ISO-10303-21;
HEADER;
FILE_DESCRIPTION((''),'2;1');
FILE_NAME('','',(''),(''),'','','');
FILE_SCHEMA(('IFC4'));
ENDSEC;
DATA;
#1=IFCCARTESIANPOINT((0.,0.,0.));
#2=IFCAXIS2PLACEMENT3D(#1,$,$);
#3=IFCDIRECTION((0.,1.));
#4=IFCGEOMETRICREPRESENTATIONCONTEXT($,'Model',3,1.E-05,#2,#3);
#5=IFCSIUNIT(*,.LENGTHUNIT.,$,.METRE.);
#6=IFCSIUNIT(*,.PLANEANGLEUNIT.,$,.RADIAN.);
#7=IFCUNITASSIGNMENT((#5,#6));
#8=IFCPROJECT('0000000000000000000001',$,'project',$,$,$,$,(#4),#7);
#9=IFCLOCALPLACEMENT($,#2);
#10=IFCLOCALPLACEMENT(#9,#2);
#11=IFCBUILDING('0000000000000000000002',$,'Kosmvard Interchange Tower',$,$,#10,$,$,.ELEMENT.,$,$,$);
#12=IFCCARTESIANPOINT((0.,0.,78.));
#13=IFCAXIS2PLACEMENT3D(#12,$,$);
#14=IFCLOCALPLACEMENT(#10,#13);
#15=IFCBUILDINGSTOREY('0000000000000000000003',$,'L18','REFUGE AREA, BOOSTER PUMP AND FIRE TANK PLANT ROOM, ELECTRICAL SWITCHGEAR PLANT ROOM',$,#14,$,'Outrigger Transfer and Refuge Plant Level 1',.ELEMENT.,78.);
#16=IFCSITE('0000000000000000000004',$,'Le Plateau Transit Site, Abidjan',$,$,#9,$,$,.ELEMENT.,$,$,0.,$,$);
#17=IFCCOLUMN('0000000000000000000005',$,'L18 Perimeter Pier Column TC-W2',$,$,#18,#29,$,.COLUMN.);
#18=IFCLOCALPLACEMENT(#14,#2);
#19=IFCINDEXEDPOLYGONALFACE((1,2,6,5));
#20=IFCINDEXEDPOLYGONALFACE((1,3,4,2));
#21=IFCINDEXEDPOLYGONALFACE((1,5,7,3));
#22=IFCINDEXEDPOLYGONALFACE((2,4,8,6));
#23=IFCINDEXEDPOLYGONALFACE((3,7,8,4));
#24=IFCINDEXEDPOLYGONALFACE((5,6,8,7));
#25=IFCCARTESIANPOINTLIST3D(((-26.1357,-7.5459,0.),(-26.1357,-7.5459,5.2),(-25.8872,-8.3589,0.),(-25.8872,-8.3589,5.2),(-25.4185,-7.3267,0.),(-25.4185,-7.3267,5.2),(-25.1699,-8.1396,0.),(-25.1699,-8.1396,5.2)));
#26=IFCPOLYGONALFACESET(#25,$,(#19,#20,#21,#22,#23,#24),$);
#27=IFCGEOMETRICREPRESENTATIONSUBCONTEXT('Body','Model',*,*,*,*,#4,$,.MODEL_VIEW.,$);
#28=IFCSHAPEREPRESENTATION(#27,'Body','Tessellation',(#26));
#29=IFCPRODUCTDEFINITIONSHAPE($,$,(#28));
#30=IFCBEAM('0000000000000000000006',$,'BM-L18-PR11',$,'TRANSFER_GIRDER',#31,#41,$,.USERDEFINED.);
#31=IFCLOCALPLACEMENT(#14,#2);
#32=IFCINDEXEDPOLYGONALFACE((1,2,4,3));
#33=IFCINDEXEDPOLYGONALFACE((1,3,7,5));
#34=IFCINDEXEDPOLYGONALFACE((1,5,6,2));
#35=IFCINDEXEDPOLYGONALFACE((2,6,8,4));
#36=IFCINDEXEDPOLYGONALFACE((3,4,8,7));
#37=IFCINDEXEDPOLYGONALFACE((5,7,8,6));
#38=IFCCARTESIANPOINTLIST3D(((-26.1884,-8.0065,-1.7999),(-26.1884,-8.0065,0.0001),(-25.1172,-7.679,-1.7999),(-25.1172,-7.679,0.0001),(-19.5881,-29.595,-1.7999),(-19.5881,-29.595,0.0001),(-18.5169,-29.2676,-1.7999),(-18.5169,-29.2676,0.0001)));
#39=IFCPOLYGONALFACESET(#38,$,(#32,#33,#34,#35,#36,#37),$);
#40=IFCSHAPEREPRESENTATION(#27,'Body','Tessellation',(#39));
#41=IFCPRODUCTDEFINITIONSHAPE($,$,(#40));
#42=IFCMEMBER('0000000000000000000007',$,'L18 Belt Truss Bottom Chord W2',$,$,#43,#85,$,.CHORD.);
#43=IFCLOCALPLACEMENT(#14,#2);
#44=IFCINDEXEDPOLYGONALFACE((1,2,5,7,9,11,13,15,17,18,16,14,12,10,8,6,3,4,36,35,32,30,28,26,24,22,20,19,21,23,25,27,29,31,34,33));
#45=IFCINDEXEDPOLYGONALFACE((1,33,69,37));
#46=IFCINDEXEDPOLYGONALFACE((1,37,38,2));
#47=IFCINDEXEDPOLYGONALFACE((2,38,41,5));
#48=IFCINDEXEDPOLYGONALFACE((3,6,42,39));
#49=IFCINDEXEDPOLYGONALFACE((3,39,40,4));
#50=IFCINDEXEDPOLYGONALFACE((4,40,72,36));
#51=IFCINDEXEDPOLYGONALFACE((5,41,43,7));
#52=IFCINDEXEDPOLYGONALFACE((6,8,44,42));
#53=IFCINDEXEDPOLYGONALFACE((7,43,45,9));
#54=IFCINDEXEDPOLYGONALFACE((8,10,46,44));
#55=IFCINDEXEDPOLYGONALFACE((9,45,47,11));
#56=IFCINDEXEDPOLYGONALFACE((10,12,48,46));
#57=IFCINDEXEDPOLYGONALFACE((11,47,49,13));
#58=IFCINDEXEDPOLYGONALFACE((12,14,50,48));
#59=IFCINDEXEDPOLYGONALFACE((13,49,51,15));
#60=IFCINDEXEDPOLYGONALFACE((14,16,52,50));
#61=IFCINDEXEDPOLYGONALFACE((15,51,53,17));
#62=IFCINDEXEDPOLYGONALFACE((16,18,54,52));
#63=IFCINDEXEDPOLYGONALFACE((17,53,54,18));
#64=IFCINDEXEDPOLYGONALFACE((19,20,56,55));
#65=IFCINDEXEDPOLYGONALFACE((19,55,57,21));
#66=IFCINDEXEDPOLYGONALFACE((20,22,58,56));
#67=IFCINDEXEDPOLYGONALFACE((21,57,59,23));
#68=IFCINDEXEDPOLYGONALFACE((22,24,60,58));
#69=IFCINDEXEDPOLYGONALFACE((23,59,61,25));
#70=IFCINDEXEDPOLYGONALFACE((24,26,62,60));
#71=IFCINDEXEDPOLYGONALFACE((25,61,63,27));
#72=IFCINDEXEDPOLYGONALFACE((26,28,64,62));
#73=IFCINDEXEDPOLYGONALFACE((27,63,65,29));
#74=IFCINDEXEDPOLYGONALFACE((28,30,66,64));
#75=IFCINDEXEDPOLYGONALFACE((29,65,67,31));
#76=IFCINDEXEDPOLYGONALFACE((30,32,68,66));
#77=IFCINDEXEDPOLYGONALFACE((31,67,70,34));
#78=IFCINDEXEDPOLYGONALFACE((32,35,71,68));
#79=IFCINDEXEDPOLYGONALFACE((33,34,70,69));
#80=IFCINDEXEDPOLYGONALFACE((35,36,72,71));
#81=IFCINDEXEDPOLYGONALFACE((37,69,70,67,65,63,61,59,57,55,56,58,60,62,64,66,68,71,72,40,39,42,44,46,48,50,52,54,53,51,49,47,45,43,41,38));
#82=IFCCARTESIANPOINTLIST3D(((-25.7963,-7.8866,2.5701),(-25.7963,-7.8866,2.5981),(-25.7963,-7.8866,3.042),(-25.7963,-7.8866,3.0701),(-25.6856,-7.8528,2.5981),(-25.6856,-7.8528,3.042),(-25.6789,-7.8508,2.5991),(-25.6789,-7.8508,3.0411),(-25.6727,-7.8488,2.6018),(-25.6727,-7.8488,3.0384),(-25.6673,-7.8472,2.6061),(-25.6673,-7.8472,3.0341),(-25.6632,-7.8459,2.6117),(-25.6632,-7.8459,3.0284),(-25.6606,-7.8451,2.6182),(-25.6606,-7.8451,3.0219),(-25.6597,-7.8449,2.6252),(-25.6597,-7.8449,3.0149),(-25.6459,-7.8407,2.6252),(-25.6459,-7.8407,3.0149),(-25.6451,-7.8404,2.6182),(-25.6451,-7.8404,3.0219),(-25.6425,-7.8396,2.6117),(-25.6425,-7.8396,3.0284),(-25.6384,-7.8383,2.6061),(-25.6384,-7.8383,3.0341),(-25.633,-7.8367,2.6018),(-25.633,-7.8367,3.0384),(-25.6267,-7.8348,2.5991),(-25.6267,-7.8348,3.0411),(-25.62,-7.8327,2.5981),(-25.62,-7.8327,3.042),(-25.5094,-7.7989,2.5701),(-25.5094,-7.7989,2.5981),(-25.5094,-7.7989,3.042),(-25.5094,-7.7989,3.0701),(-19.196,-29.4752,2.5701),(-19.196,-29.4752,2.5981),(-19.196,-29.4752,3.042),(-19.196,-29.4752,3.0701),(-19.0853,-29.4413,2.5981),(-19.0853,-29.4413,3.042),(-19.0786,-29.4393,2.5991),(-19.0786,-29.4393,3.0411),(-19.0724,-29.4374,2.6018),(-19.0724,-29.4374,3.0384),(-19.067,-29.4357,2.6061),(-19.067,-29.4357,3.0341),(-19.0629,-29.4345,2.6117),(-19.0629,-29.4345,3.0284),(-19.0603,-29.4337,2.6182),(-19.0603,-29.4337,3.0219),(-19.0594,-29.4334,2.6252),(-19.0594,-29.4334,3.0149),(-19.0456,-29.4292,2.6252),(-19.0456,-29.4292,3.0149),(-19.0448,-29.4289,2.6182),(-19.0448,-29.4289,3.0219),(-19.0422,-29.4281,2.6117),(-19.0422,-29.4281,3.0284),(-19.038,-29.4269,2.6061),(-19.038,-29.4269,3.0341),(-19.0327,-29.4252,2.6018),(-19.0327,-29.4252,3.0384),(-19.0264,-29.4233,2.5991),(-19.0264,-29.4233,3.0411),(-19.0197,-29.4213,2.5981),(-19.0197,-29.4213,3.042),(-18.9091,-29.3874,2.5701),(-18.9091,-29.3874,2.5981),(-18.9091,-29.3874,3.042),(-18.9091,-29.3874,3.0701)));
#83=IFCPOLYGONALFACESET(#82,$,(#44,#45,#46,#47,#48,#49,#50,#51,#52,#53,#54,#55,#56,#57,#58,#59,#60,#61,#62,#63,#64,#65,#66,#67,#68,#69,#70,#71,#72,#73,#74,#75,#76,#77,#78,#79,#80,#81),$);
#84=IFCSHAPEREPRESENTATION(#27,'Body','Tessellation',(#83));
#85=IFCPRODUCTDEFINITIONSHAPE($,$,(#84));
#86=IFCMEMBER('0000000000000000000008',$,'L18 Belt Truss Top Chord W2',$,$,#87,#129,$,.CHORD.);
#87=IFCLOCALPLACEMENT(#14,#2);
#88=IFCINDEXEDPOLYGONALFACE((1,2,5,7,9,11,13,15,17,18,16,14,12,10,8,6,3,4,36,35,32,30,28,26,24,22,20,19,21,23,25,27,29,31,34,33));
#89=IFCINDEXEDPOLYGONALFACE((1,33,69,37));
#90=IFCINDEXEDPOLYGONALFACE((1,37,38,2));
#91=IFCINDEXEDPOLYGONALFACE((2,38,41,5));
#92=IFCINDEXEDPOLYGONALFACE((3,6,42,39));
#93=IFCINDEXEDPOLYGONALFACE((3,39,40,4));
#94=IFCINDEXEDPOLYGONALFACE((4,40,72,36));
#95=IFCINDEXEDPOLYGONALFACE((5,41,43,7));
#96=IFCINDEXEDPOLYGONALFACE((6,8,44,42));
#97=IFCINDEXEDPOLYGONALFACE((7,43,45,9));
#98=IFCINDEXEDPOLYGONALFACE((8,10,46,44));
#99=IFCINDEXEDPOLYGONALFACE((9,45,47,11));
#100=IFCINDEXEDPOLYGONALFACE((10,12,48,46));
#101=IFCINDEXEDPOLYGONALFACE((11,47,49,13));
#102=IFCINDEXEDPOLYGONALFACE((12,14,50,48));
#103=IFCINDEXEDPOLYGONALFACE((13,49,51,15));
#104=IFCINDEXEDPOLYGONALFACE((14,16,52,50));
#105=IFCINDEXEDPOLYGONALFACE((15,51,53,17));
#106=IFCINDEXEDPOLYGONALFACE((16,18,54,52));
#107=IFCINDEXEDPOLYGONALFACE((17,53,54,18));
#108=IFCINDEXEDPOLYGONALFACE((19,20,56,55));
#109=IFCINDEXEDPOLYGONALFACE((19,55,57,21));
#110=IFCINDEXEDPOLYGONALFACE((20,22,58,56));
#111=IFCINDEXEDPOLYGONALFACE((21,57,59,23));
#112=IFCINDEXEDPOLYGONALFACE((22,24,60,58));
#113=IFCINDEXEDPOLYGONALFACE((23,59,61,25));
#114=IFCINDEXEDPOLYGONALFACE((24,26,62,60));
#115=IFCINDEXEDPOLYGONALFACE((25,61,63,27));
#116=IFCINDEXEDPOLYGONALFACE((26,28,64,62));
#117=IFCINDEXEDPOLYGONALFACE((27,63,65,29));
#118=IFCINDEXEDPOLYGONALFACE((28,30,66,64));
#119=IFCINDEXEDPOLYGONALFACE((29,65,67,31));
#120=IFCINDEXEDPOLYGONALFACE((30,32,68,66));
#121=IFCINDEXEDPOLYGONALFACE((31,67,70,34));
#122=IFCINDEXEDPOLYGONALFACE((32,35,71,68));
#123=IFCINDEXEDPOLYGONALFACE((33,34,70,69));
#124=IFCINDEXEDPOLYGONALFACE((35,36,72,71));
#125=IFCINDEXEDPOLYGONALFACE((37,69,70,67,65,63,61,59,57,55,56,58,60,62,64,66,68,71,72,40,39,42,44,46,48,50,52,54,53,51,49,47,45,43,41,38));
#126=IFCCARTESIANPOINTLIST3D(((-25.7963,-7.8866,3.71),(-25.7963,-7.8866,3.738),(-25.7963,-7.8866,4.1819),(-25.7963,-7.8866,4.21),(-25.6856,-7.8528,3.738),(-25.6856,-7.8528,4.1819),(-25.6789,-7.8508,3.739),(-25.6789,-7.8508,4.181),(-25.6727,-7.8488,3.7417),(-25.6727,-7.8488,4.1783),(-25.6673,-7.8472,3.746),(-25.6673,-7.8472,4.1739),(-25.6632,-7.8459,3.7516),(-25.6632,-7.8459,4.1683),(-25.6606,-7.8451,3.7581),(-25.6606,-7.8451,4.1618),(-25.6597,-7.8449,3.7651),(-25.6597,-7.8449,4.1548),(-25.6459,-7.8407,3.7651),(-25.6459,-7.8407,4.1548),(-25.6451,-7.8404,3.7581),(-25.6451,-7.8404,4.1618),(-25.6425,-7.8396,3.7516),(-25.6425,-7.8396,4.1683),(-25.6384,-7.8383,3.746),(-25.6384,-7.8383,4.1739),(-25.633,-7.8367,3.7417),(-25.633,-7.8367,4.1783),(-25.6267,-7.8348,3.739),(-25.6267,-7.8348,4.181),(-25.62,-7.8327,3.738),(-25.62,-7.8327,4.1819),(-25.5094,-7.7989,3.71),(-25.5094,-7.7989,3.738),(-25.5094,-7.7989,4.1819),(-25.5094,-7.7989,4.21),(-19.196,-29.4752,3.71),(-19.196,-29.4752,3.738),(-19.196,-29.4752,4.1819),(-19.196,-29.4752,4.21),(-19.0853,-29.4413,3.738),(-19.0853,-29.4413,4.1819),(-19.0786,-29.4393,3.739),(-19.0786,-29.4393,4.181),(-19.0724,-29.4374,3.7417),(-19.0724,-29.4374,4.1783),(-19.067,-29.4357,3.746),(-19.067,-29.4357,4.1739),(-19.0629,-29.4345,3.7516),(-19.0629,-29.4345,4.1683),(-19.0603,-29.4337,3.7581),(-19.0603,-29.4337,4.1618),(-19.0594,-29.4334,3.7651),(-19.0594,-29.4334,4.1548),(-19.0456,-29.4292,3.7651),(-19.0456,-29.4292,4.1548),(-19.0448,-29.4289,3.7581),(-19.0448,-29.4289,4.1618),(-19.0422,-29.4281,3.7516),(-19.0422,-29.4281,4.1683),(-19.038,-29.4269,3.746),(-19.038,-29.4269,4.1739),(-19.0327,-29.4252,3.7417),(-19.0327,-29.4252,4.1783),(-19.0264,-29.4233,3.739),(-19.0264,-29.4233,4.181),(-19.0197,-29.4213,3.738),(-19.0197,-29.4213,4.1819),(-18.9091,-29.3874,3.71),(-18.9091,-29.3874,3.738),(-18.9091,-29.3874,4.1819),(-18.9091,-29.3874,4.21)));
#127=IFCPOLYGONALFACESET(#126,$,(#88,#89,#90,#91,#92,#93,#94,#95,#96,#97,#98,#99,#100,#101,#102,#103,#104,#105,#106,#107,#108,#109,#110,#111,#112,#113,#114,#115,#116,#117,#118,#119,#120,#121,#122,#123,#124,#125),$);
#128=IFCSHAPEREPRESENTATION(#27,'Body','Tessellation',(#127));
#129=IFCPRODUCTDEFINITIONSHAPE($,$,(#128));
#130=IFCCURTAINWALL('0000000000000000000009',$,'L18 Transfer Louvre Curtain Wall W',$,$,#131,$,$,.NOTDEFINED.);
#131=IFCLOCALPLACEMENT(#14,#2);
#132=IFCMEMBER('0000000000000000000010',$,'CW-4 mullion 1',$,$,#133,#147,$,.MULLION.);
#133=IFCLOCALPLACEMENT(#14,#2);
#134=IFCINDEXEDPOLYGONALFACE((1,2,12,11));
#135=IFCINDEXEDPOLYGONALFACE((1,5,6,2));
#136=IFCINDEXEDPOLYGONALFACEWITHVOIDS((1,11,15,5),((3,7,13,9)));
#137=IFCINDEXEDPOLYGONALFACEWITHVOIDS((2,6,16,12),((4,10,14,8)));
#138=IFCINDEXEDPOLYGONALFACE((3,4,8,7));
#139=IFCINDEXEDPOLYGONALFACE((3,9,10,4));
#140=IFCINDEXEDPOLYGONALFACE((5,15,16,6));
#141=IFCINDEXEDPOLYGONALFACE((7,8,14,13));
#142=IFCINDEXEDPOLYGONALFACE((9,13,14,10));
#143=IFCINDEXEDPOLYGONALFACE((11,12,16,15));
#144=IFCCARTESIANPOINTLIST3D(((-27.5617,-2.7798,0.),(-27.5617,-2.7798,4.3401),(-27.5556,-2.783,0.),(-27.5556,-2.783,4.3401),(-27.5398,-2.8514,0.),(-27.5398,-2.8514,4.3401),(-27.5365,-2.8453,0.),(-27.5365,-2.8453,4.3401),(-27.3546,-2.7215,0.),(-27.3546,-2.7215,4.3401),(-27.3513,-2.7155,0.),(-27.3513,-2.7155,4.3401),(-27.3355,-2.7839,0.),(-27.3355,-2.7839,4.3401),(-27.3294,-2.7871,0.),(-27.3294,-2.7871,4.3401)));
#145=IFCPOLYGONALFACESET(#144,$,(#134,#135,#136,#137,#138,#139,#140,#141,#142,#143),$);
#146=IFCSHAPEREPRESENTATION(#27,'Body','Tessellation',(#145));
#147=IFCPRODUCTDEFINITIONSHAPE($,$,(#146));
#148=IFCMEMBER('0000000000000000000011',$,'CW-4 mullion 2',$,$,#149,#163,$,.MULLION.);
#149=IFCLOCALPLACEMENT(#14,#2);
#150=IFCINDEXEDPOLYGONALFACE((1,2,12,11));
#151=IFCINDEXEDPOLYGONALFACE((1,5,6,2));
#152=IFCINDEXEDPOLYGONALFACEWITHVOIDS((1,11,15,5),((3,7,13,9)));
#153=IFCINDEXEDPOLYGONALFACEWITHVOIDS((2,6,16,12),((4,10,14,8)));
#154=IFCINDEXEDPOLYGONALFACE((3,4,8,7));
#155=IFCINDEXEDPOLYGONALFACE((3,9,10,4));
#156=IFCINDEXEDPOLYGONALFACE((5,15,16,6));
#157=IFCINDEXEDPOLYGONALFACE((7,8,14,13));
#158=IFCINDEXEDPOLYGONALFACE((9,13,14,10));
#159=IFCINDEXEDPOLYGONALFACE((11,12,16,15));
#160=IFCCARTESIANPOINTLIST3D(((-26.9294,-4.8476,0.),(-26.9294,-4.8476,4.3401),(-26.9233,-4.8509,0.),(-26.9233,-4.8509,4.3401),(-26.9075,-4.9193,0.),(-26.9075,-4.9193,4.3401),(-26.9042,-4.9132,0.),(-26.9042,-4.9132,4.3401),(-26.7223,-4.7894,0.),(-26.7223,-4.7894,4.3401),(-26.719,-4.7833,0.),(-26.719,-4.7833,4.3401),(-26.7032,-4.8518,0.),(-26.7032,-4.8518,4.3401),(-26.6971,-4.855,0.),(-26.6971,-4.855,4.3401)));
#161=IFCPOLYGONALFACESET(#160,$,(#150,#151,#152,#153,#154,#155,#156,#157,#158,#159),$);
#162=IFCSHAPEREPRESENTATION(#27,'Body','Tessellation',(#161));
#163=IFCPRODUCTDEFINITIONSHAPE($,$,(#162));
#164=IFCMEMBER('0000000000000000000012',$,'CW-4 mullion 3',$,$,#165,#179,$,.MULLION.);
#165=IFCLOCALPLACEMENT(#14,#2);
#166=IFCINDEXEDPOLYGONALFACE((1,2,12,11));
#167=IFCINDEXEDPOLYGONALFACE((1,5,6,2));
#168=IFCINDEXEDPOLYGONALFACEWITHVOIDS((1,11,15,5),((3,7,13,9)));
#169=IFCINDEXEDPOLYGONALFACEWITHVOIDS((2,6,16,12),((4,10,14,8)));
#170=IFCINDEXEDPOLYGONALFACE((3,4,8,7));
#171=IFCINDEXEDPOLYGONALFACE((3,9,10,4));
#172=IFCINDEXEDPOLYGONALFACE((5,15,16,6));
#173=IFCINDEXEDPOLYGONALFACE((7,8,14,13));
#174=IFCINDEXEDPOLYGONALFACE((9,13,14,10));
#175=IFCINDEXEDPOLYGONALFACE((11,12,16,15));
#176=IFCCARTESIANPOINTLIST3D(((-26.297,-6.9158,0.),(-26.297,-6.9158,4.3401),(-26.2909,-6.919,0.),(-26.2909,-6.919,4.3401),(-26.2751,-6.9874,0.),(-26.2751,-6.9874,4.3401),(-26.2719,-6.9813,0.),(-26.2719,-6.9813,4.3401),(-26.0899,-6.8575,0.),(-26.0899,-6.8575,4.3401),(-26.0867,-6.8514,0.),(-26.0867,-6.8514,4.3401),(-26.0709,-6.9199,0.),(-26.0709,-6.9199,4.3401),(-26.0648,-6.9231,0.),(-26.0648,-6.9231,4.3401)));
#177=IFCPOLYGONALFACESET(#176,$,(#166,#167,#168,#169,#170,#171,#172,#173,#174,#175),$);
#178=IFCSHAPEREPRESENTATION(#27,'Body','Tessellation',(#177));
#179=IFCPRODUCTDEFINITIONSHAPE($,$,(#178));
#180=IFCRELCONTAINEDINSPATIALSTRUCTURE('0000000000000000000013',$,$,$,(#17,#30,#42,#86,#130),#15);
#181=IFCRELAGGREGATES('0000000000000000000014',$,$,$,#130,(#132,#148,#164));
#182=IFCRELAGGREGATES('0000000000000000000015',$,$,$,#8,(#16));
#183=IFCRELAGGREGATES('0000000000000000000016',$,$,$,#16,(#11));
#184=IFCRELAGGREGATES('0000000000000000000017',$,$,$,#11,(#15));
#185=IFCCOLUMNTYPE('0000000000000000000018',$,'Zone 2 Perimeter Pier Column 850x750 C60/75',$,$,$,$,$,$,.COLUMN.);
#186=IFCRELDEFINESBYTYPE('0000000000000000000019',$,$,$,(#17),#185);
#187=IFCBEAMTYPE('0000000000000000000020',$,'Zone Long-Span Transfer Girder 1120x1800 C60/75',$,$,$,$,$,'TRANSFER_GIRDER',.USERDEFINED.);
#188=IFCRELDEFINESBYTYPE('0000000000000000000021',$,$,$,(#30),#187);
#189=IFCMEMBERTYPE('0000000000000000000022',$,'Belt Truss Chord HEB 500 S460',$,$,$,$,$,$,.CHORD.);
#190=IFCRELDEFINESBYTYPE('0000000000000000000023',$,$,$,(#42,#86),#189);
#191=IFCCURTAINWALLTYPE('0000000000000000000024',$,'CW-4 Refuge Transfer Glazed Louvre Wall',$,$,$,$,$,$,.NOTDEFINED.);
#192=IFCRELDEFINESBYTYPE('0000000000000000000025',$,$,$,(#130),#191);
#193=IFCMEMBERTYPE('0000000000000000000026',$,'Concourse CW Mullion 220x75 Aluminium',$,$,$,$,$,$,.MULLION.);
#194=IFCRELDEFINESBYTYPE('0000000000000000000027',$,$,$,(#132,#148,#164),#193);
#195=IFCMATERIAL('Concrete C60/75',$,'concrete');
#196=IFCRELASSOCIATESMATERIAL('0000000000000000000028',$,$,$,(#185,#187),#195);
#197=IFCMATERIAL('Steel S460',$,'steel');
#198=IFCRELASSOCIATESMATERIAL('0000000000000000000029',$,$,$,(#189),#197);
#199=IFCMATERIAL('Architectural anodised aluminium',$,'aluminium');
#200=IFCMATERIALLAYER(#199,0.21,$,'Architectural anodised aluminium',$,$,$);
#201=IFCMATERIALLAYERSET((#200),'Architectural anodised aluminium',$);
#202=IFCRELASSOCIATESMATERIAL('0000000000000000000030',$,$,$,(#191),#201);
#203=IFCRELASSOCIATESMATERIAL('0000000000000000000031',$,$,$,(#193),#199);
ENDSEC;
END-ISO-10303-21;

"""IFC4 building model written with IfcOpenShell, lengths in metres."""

from ifc_helpers import new_model, si_unit, direction, frame, origin, origin_2d, place, context, subcontext, project, spatial, rectangle, hollow_rectangle, i_section, extrude, source, transform, mapped, material, layer, layer_set, material_profile, profile_set, type_object, element, aggregate, save


model = new_model("IFC4")

# Units and contexts
model_context = context("Model", 3, precision=1e-05, world=origin(), true_north=direction((0.0, 1.0)))
body_context = subcontext(model_context, "Body", "Model", "MODEL_VIEW")
ifc_project = project(units=[si_unit("LENGTHUNIT", "METRE"), si_unit("PLANEANGLEUNIT", "RADIAN")], contexts=[model_context])

# Site, building, storey
site_placement = place(None, origin())
site = spatial("IfcSite", under=ifc_project, at=site_placement, Name="Le Plateau Transit Site, Abidjan", CompositionType="ELEMENT", RefElevation=0.0)
building_placement = place(site_placement, origin())
building = spatial("IfcBuilding", under=site, at=building_placement, Name="Kosmvard Interchange Tower", CompositionType="ELEMENT")
storey_placement = place(building_placement, frame((0.0, 0.0, 78.0)))
storey = spatial("IfcBuildingStorey", under=building, at=storey_placement, Name="L18", Description="REFUGE AREA, BOOSTER PUMP AND FIRE TANK PLANT ROOM, ELECTRICAL SWITCHGEAR PLANT ROOM", LongName="Outrigger Transfer and Refuge Plant Level 1", CompositionType="ELEMENT", Elevation=78.0)

# Column
ifc_material_1 = material(Name="Concrete C60/75", Category="concrete")
ifc_material_profile_1 = material_profile(ifc_material_1, rectangle(XDim=0.75, YDim=0.8501, at=origin_2d()), Name="TC 850x750")
ifc_profile_set_1 = profile_set([ifc_material_profile_1], Name="Concrete C60/75")
column_type = type_object("IfcColumnType", Name="Zone 2 Perimeter Pier Column 850x750 C60/75", PredefinedType="COLUMN", material=ifc_profile_set_1)
shared_shape_1 = source(origin(), body_context, "Body", "SweptSolid", [
    extrude(rectangle(XDim=0.75, YDim=0.8501, at=origin_2d()), origin(), (0.0, 0.0, 1.0), 5.2),
])
column_placement = place(storey_placement, frame((-25.6528, -7.8428, 0.0), z_axis=(0.0, 0.0, 1.0), x_axis=(0.956305, 0.292372, 0.0)))
element("IfcColumn", 1, at=column_placement, inside=storey, type_object=column_type, Name="L18 Perimeter Pier Column TC-W2", PredefinedType="COLUMN", context=body_context, shape_type="MappedRepresentation", body=[
    mapped(shared_shape_1, transform((0.0, 0.0, 0.0), scale=1.0)),
])

# Beam
ifc_material_profile_2 = material_profile(ifc_material_1, rectangle(XDim=1.1201, YDim=1.8, at=origin_2d()), Name="TG 1120x1800")
ifc_profile_set_2 = profile_set([ifc_material_profile_2], Name="Concrete C60/75")
beam_type = type_object("IfcBeamType", Name="Zone Long-Span Transfer Girder 1120x1800 C60/75", ElementType="TRANSFER_GIRDER", PredefinedType="USERDEFINED", material=ifc_profile_set_2)
shared_shape_2 = source(origin(), body_context, "Body", "SweptSolid", [
    extrude(rectangle(XDim=1.1201, YDim=1.8, at=origin_2d()), origin(), (0.0, 0.0, 1.0), 22.575),
])
beam_placement = place(storey_placement, frame((-25.6528, -7.8428, -0.8999), z_axis=(0.292373, -0.956304, 0.0), x_axis=(0.956304, 0.292373, 0.0)))
element("IfcBeam", 2, at=beam_placement, inside=storey, type_object=beam_type, Name="BM-L18-PR11", ObjectType="TRANSFER_GIRDER", PredefinedType="USERDEFINED", context=body_context, shape_type="MappedRepresentation", body=[
    mapped(shared_shape_2, transform((0.0, 0.0, 0.0), scale=1.0)),
])

# Members
ifc_material_2 = material(Name="Steel S460", Category="steel")
ifc_material_profile_3 = material_profile(ifc_material_2, i_section(OverallWidth=0.3, OverallDepth=0.5, WebThickness=0.0144, FlangeThickness=0.0281, FilletRadius=0.0271, at=origin_2d()), Name="HEB 500")
ifc_profile_set_3 = profile_set([ifc_material_profile_3], Name="Steel S460")
member_type_1 = type_object("IfcMemberType", Name="Belt Truss Chord HEB 500 S460", PredefinedType="CHORD", material=ifc_profile_set_3)
shared_shape_3 = source(origin(), body_context, "Body", "SweptSolid", [
    extrude(i_section(OverallWidth=0.3, OverallDepth=0.5, WebThickness=0.0144, FlangeThickness=0.0281, FilletRadius=0.0271, at=origin_2d()), origin(), (0.0, 0.0, 1.0), 22.575),
])
for number, where, z_axis, x_axis, name in (
    (3, (-25.6528, -7.8428, 2.8201), (0.292373, -0.956304, 0.0), (0.956304, 0.292373, 0.0), "L18 Belt Truss Bottom Chord W2"),
    (4, (-25.6528, -7.8428, 3.96), (0.292373, -0.956304, 0.0), (0.956304, 0.292373, 0.0), "L18 Belt Truss Top Chord W2"),
):
    element("IfcMember", number, at=place(storey_placement, frame(where, z_axis=z_axis, x_axis=x_axis)), inside=storey, type_object=member_type_1, Name=name, PredefinedType="CHORD", context=body_context, shape_type="MappedRepresentation", body=[
        mapped(shared_shape_3, transform((0.0, 0.0, 0.0), scale=1.0)),
    ])

# Curtain wall, members
ifc_material_3 = material(Name="Architectural anodised aluminium", Category="aluminium")
ifc_layer_1 = layer(ifc_material_3, 0.21, Name="Architectural anodised aluminium")
ifc_layer_set_1 = layer_set([ifc_layer_1], Name="Architectural anodised aluminium")
curtain_wall_type = type_object("IfcCurtainWallType", Name="CW-4 Refuge Transfer Glazed Louvre Wall", PredefinedType="NOTDEFINED", material=ifc_layer_set_1)
curtain_wall_placement = place(storey_placement, origin())
curtain_wall = element("IfcCurtainWall", 5, at=curtain_wall_placement, inside=storey, type_object=curtain_wall_type, Name="L18 Transfer Louvre Curtain Wall W", PredefinedType="NOTDEFINED")
ifc_material_profile_4 = material_profile(ifc_material_3, hollow_rectangle(XDim=0.22, YDim=0.075, WallThickness=0.0049, at=origin_2d()), Name="CWM 220x75x5")
ifc_profile_set_4 = profile_set([ifc_material_profile_4], Name="Architectural anodised aluminium")
member_type_2 = type_object("IfcMemberType", Name="Concourse CW Mullion 220x75 Aluminium", PredefinedType="MULLION", material=ifc_profile_set_4)
shared_shape_4 = source(origin(), body_context, "Body", "SweptSolid", [
    extrude(hollow_rectangle(XDim=0.22, YDim=0.075, WallThickness=0.0049, at=origin_2d()), origin(), (0.0, 0.0, 1.0), 4.3401),
])
member_1_placement = place(storey_placement, frame((-27.4456, -2.7834, 0.0), z_axis=(0.0, 0.0, 1.0), x_axis=(0.956305, 0.292372, 0.0)))
member_1 = element("IfcMember", 6, at=member_1_placement, type_object=member_type_2, Name="CW-4 mullion 1", PredefinedType="MULLION", context=body_context, shape_type="MappedRepresentation", body=[
    mapped(shared_shape_4, transform((0.0, 0.0, 0.0), scale=1.0)),
])
member_2_placement = place(storey_placement, frame((-26.8132, -4.8513, 0.0), z_axis=(0.0, 0.0, 1.0), x_axis=(0.956305, 0.292372, 0.0)))
member_2 = element("IfcMember", 7, at=member_2_placement, type_object=member_type_2, Name="CW-4 mullion 2", PredefinedType="MULLION", context=body_context, shape_type="MappedRepresentation", body=[
    mapped(shared_shape_4, transform((0.0, 0.0, 0.0), scale=1.0)),
])
member_3_placement = place(storey_placement, frame((-26.1809, -6.9194, 0.0), z_axis=(0.0, 0.0, 1.0), x_axis=(0.956305, 0.292372, 0.0)))
member_3 = element("IfcMember", 8, at=member_3_placement, type_object=member_type_2, Name="CW-4 mullion 3", PredefinedType="MULLION", context=body_context, shape_type="MappedRepresentation", body=[
    mapped(shared_shape_4, transform((0.0, 0.0, 0.0), scale=1.0)),
])

aggregate(curtain_wall, [member_1, member_2, member_3])

save(model, "model.ifc")
